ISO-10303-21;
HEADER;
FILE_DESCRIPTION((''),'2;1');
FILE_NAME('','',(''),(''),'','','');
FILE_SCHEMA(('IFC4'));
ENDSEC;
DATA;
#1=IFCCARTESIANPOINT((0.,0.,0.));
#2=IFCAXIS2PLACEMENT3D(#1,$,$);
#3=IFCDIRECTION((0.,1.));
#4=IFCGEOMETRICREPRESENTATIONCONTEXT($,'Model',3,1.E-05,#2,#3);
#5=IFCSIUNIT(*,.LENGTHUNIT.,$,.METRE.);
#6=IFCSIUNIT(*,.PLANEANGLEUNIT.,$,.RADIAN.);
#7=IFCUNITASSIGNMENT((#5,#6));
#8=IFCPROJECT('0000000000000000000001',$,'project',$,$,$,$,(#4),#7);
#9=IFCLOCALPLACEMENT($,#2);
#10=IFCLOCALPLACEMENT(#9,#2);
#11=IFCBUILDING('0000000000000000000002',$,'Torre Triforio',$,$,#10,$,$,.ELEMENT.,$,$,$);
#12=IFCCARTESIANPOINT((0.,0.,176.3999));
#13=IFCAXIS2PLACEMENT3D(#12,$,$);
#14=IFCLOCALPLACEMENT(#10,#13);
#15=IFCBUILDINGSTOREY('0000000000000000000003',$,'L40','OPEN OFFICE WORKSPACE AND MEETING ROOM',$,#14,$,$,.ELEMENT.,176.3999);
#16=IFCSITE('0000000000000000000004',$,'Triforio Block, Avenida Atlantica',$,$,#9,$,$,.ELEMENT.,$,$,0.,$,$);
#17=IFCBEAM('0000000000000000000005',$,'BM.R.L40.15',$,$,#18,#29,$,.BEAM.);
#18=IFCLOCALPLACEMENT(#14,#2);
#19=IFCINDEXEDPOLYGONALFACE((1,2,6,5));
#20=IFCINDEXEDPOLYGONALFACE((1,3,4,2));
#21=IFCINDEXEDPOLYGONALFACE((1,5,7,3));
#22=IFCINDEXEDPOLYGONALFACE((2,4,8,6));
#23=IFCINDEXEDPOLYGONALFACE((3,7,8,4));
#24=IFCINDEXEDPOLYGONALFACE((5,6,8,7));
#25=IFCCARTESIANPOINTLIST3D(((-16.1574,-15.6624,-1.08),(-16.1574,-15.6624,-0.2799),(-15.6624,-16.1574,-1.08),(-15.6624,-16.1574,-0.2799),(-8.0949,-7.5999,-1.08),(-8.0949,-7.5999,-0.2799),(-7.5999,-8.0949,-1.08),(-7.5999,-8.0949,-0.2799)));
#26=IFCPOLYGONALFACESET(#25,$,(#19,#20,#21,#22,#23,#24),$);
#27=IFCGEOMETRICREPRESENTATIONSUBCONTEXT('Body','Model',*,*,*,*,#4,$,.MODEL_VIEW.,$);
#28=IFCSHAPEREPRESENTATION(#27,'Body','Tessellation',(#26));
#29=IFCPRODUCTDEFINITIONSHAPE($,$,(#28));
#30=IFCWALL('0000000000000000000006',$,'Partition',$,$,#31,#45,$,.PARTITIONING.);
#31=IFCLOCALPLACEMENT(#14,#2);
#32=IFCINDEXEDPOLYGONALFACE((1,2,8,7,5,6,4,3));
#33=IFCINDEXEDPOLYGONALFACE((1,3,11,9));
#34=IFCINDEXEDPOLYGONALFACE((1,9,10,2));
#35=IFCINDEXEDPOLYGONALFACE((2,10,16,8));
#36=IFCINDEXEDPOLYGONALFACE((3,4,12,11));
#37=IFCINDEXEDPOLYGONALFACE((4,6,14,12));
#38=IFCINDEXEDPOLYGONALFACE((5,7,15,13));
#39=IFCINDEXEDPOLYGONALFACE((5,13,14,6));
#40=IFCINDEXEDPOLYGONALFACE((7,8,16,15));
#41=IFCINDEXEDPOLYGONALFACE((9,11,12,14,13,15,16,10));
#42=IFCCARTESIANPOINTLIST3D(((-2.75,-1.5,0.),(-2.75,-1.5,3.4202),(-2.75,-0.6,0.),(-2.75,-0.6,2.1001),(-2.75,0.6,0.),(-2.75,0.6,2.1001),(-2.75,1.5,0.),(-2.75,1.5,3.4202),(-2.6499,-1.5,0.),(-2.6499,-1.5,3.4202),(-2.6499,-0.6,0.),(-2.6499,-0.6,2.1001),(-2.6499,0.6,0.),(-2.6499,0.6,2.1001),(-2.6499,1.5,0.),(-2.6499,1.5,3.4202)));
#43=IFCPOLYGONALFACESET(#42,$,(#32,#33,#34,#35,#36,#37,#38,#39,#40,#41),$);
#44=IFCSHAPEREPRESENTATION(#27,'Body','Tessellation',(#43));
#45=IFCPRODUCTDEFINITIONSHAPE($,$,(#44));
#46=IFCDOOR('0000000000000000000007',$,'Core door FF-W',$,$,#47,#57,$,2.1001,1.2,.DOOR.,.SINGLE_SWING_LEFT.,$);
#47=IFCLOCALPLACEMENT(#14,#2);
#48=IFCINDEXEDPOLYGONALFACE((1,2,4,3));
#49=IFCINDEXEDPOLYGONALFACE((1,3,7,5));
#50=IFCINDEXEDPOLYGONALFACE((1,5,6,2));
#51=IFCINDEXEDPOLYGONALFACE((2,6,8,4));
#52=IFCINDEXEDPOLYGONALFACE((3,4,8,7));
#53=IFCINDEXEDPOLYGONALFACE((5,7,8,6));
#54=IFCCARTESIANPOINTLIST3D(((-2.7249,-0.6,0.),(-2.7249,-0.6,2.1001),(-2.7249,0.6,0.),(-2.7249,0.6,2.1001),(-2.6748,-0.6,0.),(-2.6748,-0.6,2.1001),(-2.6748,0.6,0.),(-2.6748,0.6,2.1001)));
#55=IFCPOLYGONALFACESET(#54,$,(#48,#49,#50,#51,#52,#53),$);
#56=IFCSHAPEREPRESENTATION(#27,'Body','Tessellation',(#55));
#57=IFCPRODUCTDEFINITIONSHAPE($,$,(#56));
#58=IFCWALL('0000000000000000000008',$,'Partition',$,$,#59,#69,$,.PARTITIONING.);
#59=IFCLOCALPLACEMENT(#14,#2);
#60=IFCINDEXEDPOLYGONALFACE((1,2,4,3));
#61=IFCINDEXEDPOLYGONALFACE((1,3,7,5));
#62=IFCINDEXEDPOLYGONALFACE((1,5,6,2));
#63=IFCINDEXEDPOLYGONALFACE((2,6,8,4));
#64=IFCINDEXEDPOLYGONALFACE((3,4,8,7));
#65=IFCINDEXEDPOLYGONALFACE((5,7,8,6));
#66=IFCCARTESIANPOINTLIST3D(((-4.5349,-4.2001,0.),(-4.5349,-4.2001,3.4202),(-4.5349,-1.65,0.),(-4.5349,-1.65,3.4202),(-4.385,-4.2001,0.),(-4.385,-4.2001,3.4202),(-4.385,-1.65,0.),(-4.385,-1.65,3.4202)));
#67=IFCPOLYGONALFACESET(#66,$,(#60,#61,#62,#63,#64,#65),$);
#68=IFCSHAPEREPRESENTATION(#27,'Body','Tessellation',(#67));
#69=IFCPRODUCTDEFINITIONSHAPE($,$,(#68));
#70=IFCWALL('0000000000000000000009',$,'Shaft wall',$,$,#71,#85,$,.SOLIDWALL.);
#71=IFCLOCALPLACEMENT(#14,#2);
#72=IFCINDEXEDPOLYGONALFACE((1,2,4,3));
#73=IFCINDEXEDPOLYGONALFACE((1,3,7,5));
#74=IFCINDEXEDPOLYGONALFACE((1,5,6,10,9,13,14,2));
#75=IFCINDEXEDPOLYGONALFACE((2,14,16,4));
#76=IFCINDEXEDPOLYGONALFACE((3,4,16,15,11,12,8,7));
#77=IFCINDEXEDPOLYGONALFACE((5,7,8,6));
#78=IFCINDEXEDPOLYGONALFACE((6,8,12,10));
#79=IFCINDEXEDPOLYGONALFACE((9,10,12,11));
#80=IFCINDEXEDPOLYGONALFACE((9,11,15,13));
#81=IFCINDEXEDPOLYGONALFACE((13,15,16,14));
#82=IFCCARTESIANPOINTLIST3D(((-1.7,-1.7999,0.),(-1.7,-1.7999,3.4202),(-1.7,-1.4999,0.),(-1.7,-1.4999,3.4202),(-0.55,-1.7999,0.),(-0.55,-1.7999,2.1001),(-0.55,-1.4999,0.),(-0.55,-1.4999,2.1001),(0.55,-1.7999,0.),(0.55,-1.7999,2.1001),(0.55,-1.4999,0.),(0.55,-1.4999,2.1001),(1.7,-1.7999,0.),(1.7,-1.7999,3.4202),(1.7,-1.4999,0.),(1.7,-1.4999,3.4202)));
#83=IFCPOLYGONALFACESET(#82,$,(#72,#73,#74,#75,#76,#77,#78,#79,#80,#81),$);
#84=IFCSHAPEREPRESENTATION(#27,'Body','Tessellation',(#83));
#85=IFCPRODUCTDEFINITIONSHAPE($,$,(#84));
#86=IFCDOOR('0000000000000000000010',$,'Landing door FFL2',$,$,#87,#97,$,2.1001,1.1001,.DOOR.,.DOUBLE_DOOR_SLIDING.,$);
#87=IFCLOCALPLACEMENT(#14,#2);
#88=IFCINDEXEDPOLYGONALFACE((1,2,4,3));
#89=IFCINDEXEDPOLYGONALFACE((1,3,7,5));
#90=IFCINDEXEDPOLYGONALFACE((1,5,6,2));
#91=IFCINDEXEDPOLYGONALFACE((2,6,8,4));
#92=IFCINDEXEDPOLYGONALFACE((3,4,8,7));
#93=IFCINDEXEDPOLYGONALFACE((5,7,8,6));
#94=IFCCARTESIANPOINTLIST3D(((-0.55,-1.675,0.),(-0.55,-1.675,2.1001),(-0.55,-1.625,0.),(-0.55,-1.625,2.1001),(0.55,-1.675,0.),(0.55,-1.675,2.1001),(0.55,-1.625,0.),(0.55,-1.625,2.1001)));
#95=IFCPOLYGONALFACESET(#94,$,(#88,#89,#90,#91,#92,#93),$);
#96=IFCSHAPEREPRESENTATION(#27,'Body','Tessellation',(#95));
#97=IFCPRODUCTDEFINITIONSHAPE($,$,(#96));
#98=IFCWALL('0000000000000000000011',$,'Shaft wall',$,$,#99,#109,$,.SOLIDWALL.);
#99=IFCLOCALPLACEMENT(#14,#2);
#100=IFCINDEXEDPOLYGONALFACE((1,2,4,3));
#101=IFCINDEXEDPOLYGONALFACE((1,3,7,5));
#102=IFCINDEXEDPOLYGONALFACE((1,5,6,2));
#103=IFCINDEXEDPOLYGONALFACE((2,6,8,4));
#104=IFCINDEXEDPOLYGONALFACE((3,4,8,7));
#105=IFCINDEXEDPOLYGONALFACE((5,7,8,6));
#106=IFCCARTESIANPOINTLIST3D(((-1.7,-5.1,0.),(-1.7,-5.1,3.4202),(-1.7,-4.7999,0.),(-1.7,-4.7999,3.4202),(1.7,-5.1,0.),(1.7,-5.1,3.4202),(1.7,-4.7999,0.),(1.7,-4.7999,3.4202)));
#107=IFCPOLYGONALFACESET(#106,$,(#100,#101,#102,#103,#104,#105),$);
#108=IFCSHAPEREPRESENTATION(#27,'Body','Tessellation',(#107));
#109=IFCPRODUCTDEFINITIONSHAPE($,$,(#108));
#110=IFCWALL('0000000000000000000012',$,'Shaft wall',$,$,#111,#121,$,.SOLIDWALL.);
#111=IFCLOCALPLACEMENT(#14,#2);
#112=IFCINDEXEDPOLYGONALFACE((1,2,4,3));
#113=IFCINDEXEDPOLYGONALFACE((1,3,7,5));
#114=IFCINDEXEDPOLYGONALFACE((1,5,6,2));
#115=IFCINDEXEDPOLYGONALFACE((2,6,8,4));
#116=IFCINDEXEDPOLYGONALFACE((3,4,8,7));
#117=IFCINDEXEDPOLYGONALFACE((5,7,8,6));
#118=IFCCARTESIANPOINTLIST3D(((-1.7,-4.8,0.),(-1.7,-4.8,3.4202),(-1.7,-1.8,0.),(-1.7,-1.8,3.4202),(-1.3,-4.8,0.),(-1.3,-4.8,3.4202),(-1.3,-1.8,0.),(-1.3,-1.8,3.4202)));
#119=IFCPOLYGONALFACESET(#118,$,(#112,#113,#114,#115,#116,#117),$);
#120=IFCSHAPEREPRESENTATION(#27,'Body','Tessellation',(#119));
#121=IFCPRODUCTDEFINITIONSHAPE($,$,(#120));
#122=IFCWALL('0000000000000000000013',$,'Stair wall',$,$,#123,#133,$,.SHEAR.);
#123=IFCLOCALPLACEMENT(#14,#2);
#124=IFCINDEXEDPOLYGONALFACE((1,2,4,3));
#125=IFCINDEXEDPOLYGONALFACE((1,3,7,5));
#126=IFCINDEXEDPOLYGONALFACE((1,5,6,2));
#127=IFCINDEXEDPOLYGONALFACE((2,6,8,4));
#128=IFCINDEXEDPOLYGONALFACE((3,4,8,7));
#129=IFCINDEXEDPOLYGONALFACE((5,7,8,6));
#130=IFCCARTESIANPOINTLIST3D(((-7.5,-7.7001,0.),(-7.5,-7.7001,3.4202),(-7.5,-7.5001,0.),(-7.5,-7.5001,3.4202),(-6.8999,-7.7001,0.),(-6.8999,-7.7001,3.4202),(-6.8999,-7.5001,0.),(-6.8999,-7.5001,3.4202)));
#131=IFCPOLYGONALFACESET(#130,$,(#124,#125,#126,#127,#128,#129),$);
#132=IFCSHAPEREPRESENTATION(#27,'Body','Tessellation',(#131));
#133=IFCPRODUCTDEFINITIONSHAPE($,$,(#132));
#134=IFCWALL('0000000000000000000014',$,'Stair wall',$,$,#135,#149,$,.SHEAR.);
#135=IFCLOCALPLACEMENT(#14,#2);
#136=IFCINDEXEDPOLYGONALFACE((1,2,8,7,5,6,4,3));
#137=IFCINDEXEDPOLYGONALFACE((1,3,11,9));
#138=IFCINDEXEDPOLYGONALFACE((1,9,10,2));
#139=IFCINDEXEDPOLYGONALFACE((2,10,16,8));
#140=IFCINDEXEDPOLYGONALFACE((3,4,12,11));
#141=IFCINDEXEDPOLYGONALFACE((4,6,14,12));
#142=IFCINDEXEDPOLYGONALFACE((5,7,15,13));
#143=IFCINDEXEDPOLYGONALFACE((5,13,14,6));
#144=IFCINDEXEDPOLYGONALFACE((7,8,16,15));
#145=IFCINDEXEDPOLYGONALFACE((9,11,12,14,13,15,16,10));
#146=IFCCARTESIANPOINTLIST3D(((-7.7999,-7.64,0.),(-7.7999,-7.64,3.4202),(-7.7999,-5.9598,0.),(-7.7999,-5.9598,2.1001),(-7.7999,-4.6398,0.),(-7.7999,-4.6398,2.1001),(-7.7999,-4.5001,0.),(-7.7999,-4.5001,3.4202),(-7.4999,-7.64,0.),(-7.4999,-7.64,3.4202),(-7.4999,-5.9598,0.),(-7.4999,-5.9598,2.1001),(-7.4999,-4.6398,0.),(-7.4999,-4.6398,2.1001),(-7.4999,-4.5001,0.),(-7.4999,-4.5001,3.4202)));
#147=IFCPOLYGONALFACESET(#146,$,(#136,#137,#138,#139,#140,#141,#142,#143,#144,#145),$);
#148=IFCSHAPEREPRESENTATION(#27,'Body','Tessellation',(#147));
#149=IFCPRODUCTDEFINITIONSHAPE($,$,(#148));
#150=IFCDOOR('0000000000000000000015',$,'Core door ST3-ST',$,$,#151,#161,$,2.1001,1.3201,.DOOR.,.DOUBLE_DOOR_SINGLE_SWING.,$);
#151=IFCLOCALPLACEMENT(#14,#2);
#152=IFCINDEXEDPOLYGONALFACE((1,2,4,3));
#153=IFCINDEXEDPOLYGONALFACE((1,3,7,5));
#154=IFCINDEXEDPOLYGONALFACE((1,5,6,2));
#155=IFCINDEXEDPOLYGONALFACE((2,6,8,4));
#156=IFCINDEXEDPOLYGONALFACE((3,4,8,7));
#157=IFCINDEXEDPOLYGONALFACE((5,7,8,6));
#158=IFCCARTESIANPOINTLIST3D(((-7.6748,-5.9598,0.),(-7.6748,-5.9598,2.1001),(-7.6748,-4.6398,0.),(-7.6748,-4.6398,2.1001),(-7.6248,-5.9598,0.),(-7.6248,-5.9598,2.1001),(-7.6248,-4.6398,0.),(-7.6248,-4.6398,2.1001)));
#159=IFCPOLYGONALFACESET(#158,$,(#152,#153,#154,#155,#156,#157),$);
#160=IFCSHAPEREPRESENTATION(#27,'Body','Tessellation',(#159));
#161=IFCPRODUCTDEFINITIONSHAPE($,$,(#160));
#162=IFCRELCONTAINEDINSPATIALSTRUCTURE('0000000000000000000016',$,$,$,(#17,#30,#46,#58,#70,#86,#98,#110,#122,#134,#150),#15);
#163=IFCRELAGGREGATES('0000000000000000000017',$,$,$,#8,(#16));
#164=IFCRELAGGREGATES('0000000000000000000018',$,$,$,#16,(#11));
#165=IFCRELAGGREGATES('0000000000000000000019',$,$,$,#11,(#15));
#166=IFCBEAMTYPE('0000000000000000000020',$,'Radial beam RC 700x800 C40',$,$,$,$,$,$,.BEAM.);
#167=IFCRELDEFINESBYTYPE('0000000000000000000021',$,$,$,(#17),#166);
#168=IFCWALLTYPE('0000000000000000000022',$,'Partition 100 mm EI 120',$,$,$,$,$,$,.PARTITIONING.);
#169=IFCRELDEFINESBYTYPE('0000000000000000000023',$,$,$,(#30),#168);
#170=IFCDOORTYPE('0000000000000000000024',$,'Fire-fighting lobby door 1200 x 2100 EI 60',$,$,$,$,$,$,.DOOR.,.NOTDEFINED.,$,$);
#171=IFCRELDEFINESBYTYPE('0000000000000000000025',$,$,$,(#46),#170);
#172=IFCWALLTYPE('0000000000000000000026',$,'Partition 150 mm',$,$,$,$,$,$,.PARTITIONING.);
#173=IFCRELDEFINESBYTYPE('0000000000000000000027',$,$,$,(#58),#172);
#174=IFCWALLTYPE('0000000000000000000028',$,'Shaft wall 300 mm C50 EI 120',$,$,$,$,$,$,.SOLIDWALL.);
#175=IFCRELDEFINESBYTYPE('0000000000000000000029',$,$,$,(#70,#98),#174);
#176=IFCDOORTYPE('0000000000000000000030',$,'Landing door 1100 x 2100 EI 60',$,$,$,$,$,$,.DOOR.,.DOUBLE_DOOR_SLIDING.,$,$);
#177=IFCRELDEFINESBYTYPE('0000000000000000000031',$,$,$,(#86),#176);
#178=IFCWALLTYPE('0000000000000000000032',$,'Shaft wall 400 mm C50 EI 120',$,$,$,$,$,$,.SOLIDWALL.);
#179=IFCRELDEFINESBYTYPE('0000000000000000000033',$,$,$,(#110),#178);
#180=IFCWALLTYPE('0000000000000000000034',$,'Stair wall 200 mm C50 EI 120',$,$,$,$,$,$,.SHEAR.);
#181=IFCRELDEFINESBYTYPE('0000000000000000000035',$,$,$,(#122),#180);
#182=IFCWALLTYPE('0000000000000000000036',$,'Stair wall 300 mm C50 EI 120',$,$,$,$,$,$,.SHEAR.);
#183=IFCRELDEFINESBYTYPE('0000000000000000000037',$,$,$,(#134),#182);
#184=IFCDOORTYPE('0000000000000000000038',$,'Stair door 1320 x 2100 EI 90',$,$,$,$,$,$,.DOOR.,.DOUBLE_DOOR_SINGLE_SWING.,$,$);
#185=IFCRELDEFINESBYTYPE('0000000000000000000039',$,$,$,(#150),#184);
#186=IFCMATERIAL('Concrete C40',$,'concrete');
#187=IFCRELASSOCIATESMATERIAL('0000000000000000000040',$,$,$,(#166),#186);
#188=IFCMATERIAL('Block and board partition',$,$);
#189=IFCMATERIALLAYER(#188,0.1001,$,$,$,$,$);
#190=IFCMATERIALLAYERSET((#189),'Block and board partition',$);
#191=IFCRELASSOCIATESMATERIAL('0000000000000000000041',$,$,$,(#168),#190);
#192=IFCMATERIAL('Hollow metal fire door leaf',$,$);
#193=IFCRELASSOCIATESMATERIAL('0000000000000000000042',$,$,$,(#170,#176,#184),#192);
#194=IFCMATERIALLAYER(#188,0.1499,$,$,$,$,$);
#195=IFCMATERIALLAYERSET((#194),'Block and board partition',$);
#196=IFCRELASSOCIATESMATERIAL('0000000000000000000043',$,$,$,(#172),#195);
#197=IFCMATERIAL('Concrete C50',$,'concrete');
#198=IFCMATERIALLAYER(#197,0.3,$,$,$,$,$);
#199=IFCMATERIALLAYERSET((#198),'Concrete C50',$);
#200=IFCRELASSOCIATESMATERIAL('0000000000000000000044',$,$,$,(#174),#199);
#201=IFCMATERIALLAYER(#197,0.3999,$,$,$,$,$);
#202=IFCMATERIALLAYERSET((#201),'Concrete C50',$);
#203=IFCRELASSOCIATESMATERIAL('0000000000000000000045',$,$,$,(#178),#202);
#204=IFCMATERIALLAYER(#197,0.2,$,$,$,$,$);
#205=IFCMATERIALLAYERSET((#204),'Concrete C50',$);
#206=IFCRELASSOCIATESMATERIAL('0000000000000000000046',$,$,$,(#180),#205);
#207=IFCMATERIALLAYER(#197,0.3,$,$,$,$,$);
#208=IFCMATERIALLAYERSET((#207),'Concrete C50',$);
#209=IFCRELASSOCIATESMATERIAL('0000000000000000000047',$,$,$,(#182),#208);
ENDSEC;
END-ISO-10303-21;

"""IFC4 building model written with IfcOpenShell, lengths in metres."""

from ifc_helpers import new_model, si_unit, direction, frame, frame_2d, origin, origin_2d, place, context, subcontext, project, spatial, rectangle, extrude, material, layer, layer_set, material_profile, profile_set, type_object, element, fill, save


model = new_model("IFC4")

# Units and contexts
model_context = context("Model", 3, precision=1e-05, world=origin(), true_north=direction((0.0, 1.0)))
body_context = subcontext(model_context, "Body", "Model", "MODEL_VIEW")
ifc_project = project(units=[si_unit("LENGTHUNIT", "METRE"), si_unit("PLANEANGLEUNIT", "RADIAN")], contexts=[model_context])

# Site, building, storey
site_placement = place(None, origin())
site = spatial("IfcSite", under=ifc_project, at=site_placement, Name="Triforio Block, Avenida Atlantica", CompositionType="ELEMENT", RefElevation=0.0)
building_placement = place(site_placement, origin())
building = spatial("IfcBuilding", under=site, at=building_placement, Name="Torre Triforio", CompositionType="ELEMENT")
storey_placement = place(building_placement, frame((0.0, 0.0, 176.3999)))
storey = spatial("IfcBuildingStorey", under=building, at=storey_placement, Name="L40", Description="OPEN OFFICE WORKSPACE AND MEETING ROOM", CompositionType="ELEMENT", Elevation=176.3999)

# Beam
ifc_material_1 = material(Name="Concrete C40", Category="concrete")
ifc_material_profile = material_profile(ifc_material_1, rectangle(XDim=0.7, YDim=0.8, at=origin_2d()), Name="RC 700x800")
ifc_profile_set = profile_set([ifc_material_profile], Name="Concrete C40")
beam_type = type_object("IfcBeamType", Name="Radial beam RC 700x800 C40", PredefinedType="BEAM", material=ifc_profile_set)
beam_placement = place(storey_placement, frame((-7.8474, -7.8474, -0.6799), z_axis=(-0.707107, -0.707107, 0.0), x_axis=(0.707107, -0.707107, 0.0)))
element("IfcBeam", 1, at=beam_placement, inside=storey, type_object=beam_type, Name="BM.R.L40.15", PredefinedType="BEAM", context=body_context, shape_type="SweptSolid", body=[
    extrude(rectangle(XDim=0.7, YDim=0.8, at=origin_2d()), origin(), (0.0, 0.0, 1.0), 11.4021),
])

# Wall, opening, door
ifc_material_2 = material(Name="Block and board partition")
ifc_layer_1 = layer(ifc_material_2, 0.1001)
ifc_layer_set_1 = layer_set([ifc_layer_1], Name="Block and board partition")
wall_type_1 = type_object("IfcWallType", Name="Partition 100 mm EI 120", PredefinedType="PARTITIONING", material=ifc_layer_set_1)
wall_1_placement = place(storey_placement, frame((-2.7, -1.5, 0.0), z_axis=(0.0, 0.0, 1.0), x_axis=(0.0, 1.0, 0.0)))
wall_1 = element("IfcWall", 2, at=wall_1_placement, inside=storey, type_object=wall_type_1, Name="Partition", PredefinedType="PARTITIONING", context=body_context, shape_type="SweptSolid", body=[
    extrude(rectangle(XDim=3.0, YDim=0.1001, at=frame_2d((1.5, 0.0))), origin(), (0.0, 0.0, 1.0), 3.4202),
])
opening_1_placement = place(wall_1_placement, frame((0.8999, 0.0, 0.0)))
opening_1 = element("IfcOpeningElement", 3, at=opening_1_placement, cuts=wall_1, PredefinedType="OPENING", context=body_context, shape_type="SweptSolid", body=[
    extrude(rectangle(XDim=1.2, YDim=2.1001, at=frame_2d((0.6001, 1.05))), frame((0.0, 0.0601, 0.0), z_axis=(0.0, -1.0, 0.0), x_axis=(1.0, 0.0, 0.0)), (0.0, 0.0, 1.0), 0.1201),
])
ifc_material_3 = material(Name="Hollow metal fire door leaf")
door_type_1 = type_object("IfcDoorType", Name="Fire-fighting lobby door 1200 x 2100 EI 60", OperationType="NOTDEFINED", PredefinedType="DOOR", material=ifc_material_3)
door_1_placement = place(opening_1_placement, origin())
door_1 = element("IfcDoor", 4, at=door_1_placement, inside=storey, type_object=door_type_1, Name="Core door FF-W", OperationType="SINGLE_SWING_LEFT", OverallHeight=2.1001, OverallWidth=1.2, PredefinedType="DOOR", context=body_context, shape_type="SweptSolid", body=[
    extrude(rectangle(XDim=1.2, YDim=2.1001, at=frame_2d((0.6001, 1.05))), frame((0.0, 0.0249, 0.0), z_axis=(0.0, -1.0, 0.0), x_axis=(1.0, 0.0, 0.0)), (0.0, 0.0, 1.0), 0.05),
])
fill(opening_1, door_1)

# Wall
ifc_layer_2 = layer(ifc_material_2, 0.1499)
ifc_layer_set_2 = layer_set([ifc_layer_2], Name="Block and board partition")
wall_type_2 = type_object("IfcWallType", Name="Partition 150 mm", PredefinedType="PARTITIONING", material=ifc_layer_set_2)
wall_2_placement = place(storey_placement, frame((-4.46, -4.2, 0.0), z_axis=(0.0, 0.0, 1.0), x_axis=(0.0, 1.0, 0.0)))
element("IfcWall", 5, at=wall_2_placement, inside=storey, type_object=wall_type_2, Name="Partition", PredefinedType="PARTITIONING", context=body_context, shape_type="SweptSolid", body=[
    extrude(rectangle(XDim=2.55, YDim=0.1499, at=frame_2d((1.2749, 0.0))), origin(), (0.0, 0.0, 1.0), 3.4202),
])

# Wall, opening, door
ifc_material_4 = material(Name="Concrete C50", Category="concrete")
ifc_layer_3 = layer(ifc_material_4, 0.3)
ifc_layer_set_3 = layer_set([ifc_layer_3], Name="Concrete C50")
wall_type_3 = type_object("IfcWallType", Name="Shaft wall 300 mm C50 EI 120", PredefinedType="SOLIDWALL", material=ifc_layer_set_3)
wall_3_placement = place(storey_placement, frame((-1.7, -1.6499, 0.0), z_axis=(0.0, 0.0, 1.0), x_axis=(1.0, 0.0, 0.0)))
wall_3 = element("IfcWall", 6, at=wall_3_placement, inside=storey, type_object=wall_type_3, Name="Shaft wall", PredefinedType="SOLIDWALL", context=body_context, shape_type="SweptSolid", body=[
    extrude(rectangle(XDim=3.3999, YDim=0.3, at=frame_2d((1.7, 0.0))), origin(), (0.0, 0.0, 1.0), 3.4202),
])
opening_2_placement = place(wall_3_placement, frame((1.1499, 0.0, 0.0)))
opening_2 = element("IfcOpeningElement", 7, at=opening_2_placement, cuts=wall_3, PredefinedType="OPENING", context=body_context, shape_type="SweptSolid", body=[
    extrude(rectangle(XDim=1.1001, YDim=2.1001, at=frame_2d((0.55, 1.05))), frame((0.0, 0.1599, 0.0), z_axis=(0.0, -1.0, 0.0), x_axis=(1.0, 0.0, 0.0)), (0.0, 0.0, 1.0), 0.3201),
])
door_type_2 = type_object("IfcDoorType", Name="Landing door 1100 x 2100 EI 60", OperationType="DOUBLE_DOOR_SLIDING", PredefinedType="DOOR", material=ifc_material_3)
door_2_placement = place(opening_2_placement, origin())
door_2 = element("IfcDoor", 8, at=door_2_placement, inside=storey, type_object=door_type_2, Name="Landing door FFL2", OperationType="DOUBLE_DOOR_SLIDING", OverallHeight=2.1001, OverallWidth=1.1001, PredefinedType="DOOR", context=body_context, shape_type="SweptSolid", body=[
    extrude(rectangle(XDim=1.1001, YDim=2.1001, at=frame_2d((0.55, 1.05))), frame((0.0, 0.0249, 0.0), z_axis=(0.0, -1.0, 0.0), x_axis=(1.0, 0.0, 0.0)), (0.0, 0.0, 1.0), 0.05),
])
fill(opening_2, door_2)

# Walls
wall_4_placement = place(storey_placement, frame((-1.7, -4.95, 0.0), z_axis=(0.0, 0.0, 1.0), x_axis=(1.0, 0.0, 0.0)))
element("IfcWall", 9, at=wall_4_placement, inside=storey, type_object=wall_type_3, Name="Shaft wall", PredefinedType="SOLIDWALL", context=body_context, shape_type="SweptSolid", body=[
    extrude(rectangle(XDim=3.3999, YDim=0.3, at=frame_2d((1.7, 0.0))), origin(), (0.0, 0.0, 1.0), 3.4202),
])
ifc_layer_4 = layer(ifc_material_4, 0.3999)
ifc_layer_set_4 = layer_set([ifc_layer_4], Name="Concrete C50")
wall_type_4 = type_object("IfcWallType", Name="Shaft wall 400 mm C50 EI 120", PredefinedType="SOLIDWALL", material=ifc_layer_set_4)
wall_5_placement = place(storey_placement, frame((-1.5, -4.8, 0.0), z_axis=(0.0, 0.0, 1.0), x_axis=(0.0, 1.0, 0.0)))
element("IfcWall", 10, at=wall_5_placement, inside=storey, type_object=wall_type_4, Name="Shaft wall", PredefinedType="SOLIDWALL", context=body_context, shape_type="SweptSolid", body=[
    extrude(rectangle(XDim=3.0, YDim=0.3999, at=frame_2d((1.5, 0.0))), origin(), (0.0, 0.0, 1.0), 3.4202),
])
ifc_layer_5 = layer(ifc_material_4, 0.2)
ifc_layer_set_5 = layer_set([ifc_layer_5], Name="Concrete C50")
wall_type_5 = type_object("IfcWallType", Name="Stair wall 200 mm C50 EI 120", PredefinedType="SHEAR", material=ifc_layer_set_5)
wall_6_placement = place(storey_placement, frame((-7.5, -7.6001, 0.0), z_axis=(0.0, 0.0, 1.0), x_axis=(1.0, 0.0, 0.0)))
element("IfcWall", 11, at=wall_6_placement, inside=storey, type_object=wall_type_5, Name="Stair wall", PredefinedType="SHEAR", context=body_context, shape_type="SweptSolid", body=[
    extrude(rectangle(XDim=0.6001, YDim=0.2, at=frame_2d((0.3, 0.0))), origin(), (0.0, 0.0, 1.0), 3.4202),
])

# Wall, opening, door
ifc_layer_6 = layer(ifc_material_4, 0.3)
ifc_layer_set_6 = layer_set([ifc_layer_6], Name="Concrete C50")
wall_type_6 = type_object("IfcWallType", Name="Stair wall 300 mm C50 EI 120", PredefinedType="SHEAR", material=ifc_layer_set_6)
wall_7_placement = place(storey_placement, frame((-7.6499, -7.6399, 0.0), z_axis=(0.0, 0.0, 1.0), x_axis=(0.0, 1.0, 0.0)))
wall_7 = element("IfcWall", 12, at=wall_7_placement, inside=storey, type_object=wall_type_6, Name="Stair wall", PredefinedType="SHEAR", context=body_context, shape_type="SweptSolid", body=[
    extrude(rectangle(XDim=3.1399, YDim=0.3, at=frame_2d((1.5698, 0.0))), origin(), (0.0, 0.0, 1.0), 3.4202),
])
opening_3_placement = place(wall_7_placement, frame((1.6799, 0.0, 0.0)))
opening_3 = element("IfcOpeningElement", 13, at=opening_3_placement, cuts=wall_7, PredefinedType="OPENING", context=body_context, shape_type="SweptSolid", body=[
    extrude(rectangle(XDim=1.3201, YDim=2.1001, at=frame_2d((0.6602, 1.05))), frame((0.0, 0.1599, 0.0), z_axis=(0.0, -1.0, 0.0), x_axis=(1.0, 0.0, 0.0)), (0.0, 0.0, 1.0), 0.3201),
])
door_type_3 = type_object("IfcDoorType", Name="Stair door 1320 x 2100 EI 90", OperationType="DOUBLE_DOOR_SINGLE_SWING", PredefinedType="DOOR", material=ifc_material_3)
door_3_placement = place(opening_3_placement, origin())
door_3 = element("IfcDoor", 14, at=door_3_placement, inside=storey, type_object=door_type_3, Name="Core door ST3-ST", OperationType="DOUBLE_DOOR_SINGLE_SWING", OverallHeight=2.1001, OverallWidth=1.3201, PredefinedType="DOOR", context=body_context, shape_type="SweptSolid", body=[
    extrude(rectangle(XDim=1.3201, YDim=2.1001, at=frame_2d((0.6602, 1.05))), frame((0.0, 0.0249, 0.0), z_axis=(0.0, -1.0, 0.0), x_axis=(1.0, 0.0, 0.0)), (0.0, 0.0, 1.0), 0.05),
])
fill(opening_3, door_3)

save(model, "model.ifc")
